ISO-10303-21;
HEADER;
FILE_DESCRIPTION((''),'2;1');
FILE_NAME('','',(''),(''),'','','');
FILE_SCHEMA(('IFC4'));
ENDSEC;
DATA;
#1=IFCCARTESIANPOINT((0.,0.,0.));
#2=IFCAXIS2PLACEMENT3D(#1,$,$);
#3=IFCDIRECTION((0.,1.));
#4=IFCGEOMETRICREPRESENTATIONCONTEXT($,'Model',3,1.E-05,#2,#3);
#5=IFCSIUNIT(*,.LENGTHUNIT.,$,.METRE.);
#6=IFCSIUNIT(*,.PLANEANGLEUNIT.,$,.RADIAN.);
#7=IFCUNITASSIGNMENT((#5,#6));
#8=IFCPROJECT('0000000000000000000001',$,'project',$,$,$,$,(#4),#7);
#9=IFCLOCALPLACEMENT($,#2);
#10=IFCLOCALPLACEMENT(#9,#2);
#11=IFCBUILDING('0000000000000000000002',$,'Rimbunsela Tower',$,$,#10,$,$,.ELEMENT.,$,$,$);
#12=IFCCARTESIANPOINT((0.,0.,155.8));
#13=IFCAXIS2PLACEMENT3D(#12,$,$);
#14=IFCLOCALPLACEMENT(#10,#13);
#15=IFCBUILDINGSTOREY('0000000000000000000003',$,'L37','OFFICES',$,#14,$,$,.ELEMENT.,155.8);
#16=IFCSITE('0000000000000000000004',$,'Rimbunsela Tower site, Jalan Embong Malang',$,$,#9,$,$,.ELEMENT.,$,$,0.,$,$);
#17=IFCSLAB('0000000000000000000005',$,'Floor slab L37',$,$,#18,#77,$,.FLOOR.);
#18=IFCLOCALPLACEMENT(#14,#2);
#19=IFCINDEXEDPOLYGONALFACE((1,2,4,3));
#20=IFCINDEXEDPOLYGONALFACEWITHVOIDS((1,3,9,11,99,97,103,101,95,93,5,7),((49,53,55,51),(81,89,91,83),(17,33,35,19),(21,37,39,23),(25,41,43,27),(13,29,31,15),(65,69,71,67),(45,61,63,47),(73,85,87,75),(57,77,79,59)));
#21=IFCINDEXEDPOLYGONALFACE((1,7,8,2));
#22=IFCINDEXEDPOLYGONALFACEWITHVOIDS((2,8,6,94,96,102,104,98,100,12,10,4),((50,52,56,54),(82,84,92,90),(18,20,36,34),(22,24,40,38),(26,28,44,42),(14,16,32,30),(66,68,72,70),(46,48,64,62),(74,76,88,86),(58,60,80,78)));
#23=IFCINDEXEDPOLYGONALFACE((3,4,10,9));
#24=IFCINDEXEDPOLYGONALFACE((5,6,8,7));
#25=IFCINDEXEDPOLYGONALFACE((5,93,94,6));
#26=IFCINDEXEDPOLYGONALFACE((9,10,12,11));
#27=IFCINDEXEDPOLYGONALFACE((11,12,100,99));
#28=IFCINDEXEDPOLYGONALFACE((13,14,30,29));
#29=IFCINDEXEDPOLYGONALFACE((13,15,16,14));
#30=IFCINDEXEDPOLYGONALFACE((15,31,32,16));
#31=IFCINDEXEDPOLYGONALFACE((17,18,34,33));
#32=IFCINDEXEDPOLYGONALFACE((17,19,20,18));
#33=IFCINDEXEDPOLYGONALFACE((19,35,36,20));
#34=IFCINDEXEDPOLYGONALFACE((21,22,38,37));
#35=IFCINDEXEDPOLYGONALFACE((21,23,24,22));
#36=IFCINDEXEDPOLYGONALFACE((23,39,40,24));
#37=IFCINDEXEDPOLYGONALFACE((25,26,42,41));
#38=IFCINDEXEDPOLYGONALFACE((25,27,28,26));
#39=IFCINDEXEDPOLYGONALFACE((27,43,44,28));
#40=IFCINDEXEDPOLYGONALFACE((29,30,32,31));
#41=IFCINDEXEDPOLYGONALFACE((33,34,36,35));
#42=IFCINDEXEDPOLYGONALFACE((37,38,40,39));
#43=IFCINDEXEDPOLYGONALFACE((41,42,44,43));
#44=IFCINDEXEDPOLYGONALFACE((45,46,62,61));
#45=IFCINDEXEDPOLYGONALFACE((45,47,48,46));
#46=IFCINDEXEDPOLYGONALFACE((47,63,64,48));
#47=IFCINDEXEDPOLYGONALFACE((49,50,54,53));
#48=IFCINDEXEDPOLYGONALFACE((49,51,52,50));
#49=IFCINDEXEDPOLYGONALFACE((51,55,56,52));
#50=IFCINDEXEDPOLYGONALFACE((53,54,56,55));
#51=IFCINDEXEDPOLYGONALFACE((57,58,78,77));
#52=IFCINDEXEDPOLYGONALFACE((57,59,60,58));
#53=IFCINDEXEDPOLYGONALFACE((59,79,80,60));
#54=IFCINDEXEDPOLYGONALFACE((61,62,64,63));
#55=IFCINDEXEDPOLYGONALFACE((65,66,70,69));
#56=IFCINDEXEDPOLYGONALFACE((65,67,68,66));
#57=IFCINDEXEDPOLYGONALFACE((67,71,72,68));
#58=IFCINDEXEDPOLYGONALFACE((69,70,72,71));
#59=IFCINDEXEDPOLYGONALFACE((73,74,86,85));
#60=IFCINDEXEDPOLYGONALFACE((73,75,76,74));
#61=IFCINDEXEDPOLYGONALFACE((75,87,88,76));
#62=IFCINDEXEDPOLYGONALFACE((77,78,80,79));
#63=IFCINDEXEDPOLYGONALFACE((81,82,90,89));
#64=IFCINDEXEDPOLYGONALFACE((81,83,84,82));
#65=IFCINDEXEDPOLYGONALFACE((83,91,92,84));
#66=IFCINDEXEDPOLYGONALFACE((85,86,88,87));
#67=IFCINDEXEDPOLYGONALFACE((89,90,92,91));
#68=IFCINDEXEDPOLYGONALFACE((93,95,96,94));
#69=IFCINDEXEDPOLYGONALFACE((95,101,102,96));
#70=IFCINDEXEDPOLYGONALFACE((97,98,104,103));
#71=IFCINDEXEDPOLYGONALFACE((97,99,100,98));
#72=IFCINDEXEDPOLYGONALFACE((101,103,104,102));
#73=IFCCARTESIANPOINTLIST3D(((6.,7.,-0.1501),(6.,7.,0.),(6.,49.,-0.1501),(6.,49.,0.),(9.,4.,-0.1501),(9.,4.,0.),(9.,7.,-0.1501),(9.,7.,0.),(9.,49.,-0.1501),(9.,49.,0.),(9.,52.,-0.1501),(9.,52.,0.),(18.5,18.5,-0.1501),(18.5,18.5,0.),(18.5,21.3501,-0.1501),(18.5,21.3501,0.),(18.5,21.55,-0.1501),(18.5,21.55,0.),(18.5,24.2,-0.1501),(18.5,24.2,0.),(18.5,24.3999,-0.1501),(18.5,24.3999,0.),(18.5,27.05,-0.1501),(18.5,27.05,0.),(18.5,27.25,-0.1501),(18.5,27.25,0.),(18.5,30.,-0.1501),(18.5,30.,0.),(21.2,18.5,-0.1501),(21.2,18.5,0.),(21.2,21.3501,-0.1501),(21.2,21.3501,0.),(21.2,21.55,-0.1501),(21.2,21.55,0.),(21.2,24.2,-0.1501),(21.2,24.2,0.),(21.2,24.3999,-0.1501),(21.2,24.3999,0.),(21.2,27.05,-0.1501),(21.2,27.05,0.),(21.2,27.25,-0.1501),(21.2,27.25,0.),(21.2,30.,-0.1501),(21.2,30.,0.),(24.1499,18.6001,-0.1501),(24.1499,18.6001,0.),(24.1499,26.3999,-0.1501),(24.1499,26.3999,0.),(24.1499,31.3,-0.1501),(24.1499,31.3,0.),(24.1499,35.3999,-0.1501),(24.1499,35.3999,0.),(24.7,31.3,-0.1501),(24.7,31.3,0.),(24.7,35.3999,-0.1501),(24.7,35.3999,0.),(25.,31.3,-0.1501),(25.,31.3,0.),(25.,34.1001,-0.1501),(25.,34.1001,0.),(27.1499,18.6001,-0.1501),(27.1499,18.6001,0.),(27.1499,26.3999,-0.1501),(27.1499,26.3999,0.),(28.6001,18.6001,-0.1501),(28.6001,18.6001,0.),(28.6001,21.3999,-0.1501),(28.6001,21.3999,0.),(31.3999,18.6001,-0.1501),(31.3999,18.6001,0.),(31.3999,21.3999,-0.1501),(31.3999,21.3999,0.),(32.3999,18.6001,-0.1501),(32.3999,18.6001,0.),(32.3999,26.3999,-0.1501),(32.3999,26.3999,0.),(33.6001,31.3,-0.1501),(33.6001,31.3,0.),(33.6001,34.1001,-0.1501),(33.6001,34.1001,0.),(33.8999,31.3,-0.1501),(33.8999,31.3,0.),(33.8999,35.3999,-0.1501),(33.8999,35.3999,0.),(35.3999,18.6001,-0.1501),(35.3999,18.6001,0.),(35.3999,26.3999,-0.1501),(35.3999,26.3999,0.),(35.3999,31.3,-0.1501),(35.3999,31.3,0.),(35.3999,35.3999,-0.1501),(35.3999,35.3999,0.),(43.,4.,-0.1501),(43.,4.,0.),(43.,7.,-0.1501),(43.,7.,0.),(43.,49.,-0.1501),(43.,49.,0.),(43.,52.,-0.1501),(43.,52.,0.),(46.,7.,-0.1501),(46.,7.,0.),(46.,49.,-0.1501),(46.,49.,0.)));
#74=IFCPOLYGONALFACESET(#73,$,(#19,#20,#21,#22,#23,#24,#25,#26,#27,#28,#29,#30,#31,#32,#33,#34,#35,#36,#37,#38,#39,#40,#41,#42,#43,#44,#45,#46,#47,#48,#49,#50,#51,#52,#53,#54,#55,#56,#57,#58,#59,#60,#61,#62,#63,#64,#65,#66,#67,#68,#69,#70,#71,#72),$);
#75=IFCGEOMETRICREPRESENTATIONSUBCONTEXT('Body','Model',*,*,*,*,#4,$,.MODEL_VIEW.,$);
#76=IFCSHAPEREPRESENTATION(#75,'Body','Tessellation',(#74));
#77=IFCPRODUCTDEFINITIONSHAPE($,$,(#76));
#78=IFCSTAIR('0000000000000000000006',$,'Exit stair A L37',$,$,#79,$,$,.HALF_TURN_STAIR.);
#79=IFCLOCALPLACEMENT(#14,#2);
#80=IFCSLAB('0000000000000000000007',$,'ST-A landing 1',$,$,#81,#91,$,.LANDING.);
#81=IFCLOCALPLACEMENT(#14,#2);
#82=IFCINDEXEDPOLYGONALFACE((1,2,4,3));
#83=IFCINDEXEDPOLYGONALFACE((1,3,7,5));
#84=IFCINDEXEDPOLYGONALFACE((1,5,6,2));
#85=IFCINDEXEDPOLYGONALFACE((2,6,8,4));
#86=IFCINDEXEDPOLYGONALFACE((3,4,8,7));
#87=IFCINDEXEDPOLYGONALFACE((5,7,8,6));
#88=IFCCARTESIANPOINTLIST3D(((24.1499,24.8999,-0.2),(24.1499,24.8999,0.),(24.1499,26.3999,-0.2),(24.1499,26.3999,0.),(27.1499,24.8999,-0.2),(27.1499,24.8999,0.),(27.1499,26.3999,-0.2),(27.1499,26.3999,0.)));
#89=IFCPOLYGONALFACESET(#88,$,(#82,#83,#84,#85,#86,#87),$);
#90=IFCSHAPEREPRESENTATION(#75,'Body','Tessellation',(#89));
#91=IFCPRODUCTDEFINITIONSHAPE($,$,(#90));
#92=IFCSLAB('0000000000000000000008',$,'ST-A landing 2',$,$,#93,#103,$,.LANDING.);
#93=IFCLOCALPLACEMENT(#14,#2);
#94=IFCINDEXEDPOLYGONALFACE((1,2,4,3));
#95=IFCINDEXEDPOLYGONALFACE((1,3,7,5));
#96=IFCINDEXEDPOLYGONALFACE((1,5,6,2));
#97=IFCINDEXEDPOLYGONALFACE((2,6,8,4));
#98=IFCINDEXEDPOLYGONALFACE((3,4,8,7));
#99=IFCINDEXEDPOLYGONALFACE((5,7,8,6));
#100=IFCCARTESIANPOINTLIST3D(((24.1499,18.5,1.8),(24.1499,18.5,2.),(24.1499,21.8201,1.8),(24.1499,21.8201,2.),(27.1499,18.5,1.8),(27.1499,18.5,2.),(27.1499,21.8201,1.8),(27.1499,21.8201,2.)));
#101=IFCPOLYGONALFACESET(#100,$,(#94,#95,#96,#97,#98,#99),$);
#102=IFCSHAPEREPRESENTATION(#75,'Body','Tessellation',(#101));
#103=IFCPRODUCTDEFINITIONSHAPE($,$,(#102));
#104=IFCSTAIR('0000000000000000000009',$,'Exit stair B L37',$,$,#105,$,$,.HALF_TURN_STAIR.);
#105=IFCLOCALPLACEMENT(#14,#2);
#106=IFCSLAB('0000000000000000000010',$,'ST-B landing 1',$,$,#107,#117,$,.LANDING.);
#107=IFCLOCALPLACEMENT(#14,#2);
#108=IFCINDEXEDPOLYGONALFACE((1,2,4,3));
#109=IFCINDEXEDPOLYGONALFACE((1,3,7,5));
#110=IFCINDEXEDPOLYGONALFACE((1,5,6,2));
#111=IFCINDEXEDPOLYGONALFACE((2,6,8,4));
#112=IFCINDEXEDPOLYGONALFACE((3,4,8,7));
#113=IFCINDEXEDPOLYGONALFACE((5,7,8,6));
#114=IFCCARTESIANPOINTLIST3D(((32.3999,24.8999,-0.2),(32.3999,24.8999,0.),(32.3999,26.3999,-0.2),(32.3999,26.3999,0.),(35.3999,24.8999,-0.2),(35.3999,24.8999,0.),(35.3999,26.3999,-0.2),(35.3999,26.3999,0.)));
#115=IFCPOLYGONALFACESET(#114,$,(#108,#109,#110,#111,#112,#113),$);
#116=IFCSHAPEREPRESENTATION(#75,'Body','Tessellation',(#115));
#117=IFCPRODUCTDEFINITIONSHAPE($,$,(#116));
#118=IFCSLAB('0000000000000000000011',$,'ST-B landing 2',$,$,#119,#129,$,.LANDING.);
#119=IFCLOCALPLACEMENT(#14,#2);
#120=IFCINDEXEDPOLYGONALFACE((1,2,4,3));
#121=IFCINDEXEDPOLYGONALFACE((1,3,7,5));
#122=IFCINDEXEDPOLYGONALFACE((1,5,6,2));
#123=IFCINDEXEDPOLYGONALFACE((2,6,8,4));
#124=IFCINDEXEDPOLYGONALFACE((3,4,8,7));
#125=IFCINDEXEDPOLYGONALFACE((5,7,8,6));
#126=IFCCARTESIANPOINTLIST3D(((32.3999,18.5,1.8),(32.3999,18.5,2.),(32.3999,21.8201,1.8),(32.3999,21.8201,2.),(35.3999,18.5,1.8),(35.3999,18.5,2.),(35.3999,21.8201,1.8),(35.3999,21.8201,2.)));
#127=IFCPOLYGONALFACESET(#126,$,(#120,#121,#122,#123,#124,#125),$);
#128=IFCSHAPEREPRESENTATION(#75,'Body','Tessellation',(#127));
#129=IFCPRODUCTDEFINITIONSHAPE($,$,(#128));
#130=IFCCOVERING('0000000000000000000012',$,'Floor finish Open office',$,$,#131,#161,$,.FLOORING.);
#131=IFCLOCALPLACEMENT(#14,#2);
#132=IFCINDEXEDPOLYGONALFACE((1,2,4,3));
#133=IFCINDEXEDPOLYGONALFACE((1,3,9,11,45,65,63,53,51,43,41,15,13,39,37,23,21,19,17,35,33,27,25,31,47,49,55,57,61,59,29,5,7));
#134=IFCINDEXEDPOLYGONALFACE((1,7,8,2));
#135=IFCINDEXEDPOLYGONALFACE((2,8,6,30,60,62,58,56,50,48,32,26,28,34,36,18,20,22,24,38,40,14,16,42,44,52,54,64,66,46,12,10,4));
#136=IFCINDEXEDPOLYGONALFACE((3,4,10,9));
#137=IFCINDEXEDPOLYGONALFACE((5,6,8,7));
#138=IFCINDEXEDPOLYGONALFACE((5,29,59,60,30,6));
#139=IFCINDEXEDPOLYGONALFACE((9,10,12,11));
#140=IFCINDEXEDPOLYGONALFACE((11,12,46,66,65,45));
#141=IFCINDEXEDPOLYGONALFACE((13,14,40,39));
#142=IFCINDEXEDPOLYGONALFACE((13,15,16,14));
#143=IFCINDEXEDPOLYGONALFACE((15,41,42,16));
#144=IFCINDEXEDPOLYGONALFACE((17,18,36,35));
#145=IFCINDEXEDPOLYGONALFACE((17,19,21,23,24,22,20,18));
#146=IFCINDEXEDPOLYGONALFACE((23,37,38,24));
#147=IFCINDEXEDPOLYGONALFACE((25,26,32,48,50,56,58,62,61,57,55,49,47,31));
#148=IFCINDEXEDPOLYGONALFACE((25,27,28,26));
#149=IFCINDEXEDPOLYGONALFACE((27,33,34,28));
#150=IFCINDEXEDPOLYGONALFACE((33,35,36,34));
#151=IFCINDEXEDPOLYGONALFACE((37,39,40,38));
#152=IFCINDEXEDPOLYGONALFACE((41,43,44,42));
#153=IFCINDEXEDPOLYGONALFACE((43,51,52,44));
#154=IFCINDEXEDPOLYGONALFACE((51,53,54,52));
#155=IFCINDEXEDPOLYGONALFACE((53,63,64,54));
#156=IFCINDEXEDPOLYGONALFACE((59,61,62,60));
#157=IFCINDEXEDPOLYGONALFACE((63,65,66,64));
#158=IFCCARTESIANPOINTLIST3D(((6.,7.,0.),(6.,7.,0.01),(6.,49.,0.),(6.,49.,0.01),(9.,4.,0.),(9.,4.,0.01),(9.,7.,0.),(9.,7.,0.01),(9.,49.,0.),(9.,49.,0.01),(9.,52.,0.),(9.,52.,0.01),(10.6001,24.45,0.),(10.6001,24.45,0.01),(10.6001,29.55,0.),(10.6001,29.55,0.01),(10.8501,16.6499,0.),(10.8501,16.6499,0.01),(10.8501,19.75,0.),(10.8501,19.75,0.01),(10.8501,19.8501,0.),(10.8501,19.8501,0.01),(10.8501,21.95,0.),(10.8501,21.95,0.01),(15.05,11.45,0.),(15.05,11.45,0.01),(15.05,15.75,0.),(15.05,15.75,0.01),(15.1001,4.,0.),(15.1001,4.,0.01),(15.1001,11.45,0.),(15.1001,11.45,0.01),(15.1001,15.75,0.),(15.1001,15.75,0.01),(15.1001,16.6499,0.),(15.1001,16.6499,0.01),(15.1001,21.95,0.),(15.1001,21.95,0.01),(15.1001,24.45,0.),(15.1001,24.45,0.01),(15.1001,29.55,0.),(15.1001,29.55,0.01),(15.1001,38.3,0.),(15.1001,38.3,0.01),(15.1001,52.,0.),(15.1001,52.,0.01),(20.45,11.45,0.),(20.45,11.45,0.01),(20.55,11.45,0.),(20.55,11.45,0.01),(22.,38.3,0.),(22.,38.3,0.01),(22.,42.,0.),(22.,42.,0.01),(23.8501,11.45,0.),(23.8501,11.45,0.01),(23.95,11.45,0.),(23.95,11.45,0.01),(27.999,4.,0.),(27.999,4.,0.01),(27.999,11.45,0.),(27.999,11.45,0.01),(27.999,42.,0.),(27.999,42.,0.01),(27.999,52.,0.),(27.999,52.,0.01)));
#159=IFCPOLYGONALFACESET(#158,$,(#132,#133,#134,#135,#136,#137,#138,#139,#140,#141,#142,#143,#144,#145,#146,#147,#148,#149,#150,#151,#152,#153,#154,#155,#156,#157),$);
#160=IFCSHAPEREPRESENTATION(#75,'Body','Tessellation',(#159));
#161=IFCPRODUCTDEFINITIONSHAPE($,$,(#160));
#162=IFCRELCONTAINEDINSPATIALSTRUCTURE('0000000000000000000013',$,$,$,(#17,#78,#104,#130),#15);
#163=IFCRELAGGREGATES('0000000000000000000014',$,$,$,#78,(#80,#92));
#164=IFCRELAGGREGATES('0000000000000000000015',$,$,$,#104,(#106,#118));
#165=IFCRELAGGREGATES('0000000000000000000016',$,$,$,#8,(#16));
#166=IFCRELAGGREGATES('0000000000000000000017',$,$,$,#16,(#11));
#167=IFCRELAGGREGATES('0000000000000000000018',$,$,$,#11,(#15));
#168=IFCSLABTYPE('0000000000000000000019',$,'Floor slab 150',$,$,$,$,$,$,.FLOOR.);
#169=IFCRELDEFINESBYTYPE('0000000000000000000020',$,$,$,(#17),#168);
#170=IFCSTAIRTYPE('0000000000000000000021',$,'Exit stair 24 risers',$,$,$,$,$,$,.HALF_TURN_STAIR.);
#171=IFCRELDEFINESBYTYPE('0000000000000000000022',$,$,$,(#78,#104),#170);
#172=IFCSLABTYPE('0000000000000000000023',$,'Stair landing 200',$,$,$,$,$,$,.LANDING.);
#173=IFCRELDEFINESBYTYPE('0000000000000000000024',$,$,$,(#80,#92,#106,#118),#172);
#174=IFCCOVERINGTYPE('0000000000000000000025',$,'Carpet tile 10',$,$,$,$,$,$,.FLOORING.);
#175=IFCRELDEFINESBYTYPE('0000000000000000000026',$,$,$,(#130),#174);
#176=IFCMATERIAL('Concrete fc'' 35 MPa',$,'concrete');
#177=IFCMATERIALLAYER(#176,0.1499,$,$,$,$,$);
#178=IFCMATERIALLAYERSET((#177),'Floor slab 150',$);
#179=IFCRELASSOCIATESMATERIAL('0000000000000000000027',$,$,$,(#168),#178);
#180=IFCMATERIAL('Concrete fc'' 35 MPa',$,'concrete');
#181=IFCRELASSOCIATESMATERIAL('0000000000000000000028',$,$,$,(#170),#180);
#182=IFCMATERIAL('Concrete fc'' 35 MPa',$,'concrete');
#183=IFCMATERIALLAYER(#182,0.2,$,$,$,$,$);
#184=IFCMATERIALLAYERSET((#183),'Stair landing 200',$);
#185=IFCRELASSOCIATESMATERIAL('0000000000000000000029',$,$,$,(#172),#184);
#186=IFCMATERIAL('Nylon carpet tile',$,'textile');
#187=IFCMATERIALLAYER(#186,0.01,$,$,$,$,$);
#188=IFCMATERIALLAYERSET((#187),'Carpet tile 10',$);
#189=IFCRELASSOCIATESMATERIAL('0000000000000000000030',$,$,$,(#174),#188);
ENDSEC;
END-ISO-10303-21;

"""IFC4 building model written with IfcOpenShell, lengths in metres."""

from ifc_helpers import new_model, si_unit, direction, frame, origin, place, context, subcontext, project, spatial, polyline, outline, extrude, material, layer, layer_set, type_object, element, aggregate, save


model = new_model("IFC4")

# Units and contexts
model_context = context("Model", 3, precision=1e-05, world=origin(), true_north=direction((0.0, 1.0)))
body_context = subcontext(model_context, "Body", "Model", "MODEL_VIEW")
ifc_project = project(units=[si_unit("LENGTHUNIT", "METRE"), si_unit("PLANEANGLEUNIT", "RADIAN")], contexts=[model_context])

# Site, building, storey
site_placement = place(None, origin())
site = spatial("IfcSite", under=ifc_project, at=site_placement, Name="Rimbunsela Tower site, Jalan Embong Malang", CompositionType="ELEMENT", RefElevation=0.0)
building_placement = place(site_placement, origin())
building = spatial("IfcBuilding", under=site, at=building_placement, Name="Rimbunsela Tower", CompositionType="ELEMENT")
storey_placement = place(building_placement, frame((0.0, 0.0, 155.8)))
storey = spatial("IfcBuildingStorey", under=building, at=storey_placement, Name="L37", Description="OFFICES", CompositionType="ELEMENT", Elevation=155.8)

# Slab
ifc_material_1 = material(Name="Concrete fc' 35 MPa", Category="concrete")
ifc_layer_1 = layer(ifc_material_1, 0.1499)
ifc_layer_set_1 = layer_set([ifc_layer_1], Name="Floor slab 150")
slab_type_1 = type_object("IfcSlabType", Name="Floor slab 150", PredefinedType="FLOOR", material=ifc_layer_set_1)
slab_1_placement = place(storey_placement, frame((0.0, 0.0, -0.1501)))
element("IfcSlab", 1, at=slab_1_placement, inside=storey, type_object=slab_type_1, Name="Floor slab L37", PredefinedType="FLOOR", context=body_context, shape_type="SweptSolid", body=[
    extrude(outline(polyline([(9.0, 4.0), (43.0, 4.0), (43.0, 7.0), (46.0, 7.0), (46.0, 49.0), (43.0, 49.0), (43.0, 52.0), (9.0, 52.0), (9.0, 49.0), (6.0, 49.0), (6.0, 7.0), (9.0, 7.0), (9.0, 4.0)]), holes=[polyline([(21.2, 21.3501), (18.5, 21.3501), (18.5, 18.5), (21.2, 18.5), (21.2, 21.3501)]), polyline([(21.2, 21.55), (21.2, 24.2), (18.5, 24.2), (18.5, 21.55), (21.2, 21.55)]), polyline([(21.2, 27.05), (18.5, 27.05), (18.5, 24.3999), (21.2, 24.3999), (21.2, 27.05)]), polyline([(21.2, 27.25), (21.2, 30.0), (18.5, 30.0), (18.5, 27.25), (21.2, 27.25)]), polyline([(27.1499, 18.6001), (27.1499, 26.3999), (24.1499, 26.3999), (24.1499, 18.6001), (27.1499, 18.6001)]), polyline([(24.7, 31.3), (24.7, 35.3999), (24.1499, 35.3999), (24.1499, 31.3), (24.7, 31.3)]), polyline([(25.0, 34.1001), (25.0, 31.3), (33.6001, 31.3), (33.6001, 34.1001), (25.0, 34.1001)]), polyline([(31.3999, 21.3999), (28.6001, 21.3999), (28.6001, 18.6001), (31.3999, 18.6001), (31.3999, 21.3999)]), polyline([(35.3999, 18.6001), (35.3999, 26.3999), (32.3999, 26.3999), (32.3999, 18.6001), (35.3999, 18.6001)]), polyline([(35.3999, 31.3), (35.3999, 35.3999), (33.8999, 35.3999), (33.8999, 31.3), (35.3999, 31.3)])]), origin(), (0.0, 0.0, 1.0), 0.1501),
])

# Stairs, slabs
ifc_material_2 = material(Name="Concrete fc' 35 MPa", Category="concrete")
stair_type = type_object("IfcStairType", Name="Exit stair 24 risers", PredefinedType="HALF_TURN_STAIR", material=ifc_material_2)
stair_1_placement = place(storey_placement, origin())
stair_1 = element("IfcStair", 2, at=stair_1_placement, inside=storey, type_object=stair_type, Name="Exit stair A L37", PredefinedType="HALF_TURN_STAIR")
ifc_material_3 = material(Name="Concrete fc' 35 MPa", Category="concrete")
ifc_layer_2 = layer(ifc_material_3, 0.2)
ifc_layer_set_2 = layer_set([ifc_layer_2], Name="Stair landing 200")
slab_type_2 = type_object("IfcSlabType", Name="Stair landing 200", PredefinedType="LANDING", material=ifc_layer_set_2)
slab_2_placement = place(storey_placement, frame((0.0, 0.0, -0.2)))
slab_2 = element("IfcSlab", 3, at=slab_2_placement, type_object=slab_type_2, Name="ST-A landing 1", PredefinedType="LANDING", context=body_context, shape_type="SweptSolid", body=[
    extrude(outline(polyline([(24.1499, 24.8999), (27.1499, 24.8999), (27.1499, 26.3999), (24.1499, 26.3999), (24.1499, 24.8999)])), origin(), (0.0, 0.0, 1.0), 0.2),
])
slab_3_placement = place(storey_placement, frame((0.0, 0.0, 1.8)))
slab_3 = element("IfcSlab", 4, at=slab_3_placement, type_object=slab_type_2, Name="ST-A landing 2", PredefinedType="LANDING", context=body_context, shape_type="SweptSolid", body=[
    extrude(outline(polyline([(24.1499, 18.5), (27.1499, 18.5), (27.1499, 21.8201), (24.1499, 21.8201), (24.1499, 18.5)])), origin(), (0.0, 0.0, 1.0), 0.2),
])
aggregate(stair_1, [slab_2, slab_3])
stair_2_placement = place(storey_placement, origin())
stair_2 = element("IfcStair", 5, at=stair_2_placement, inside=storey, type_object=stair_type, Name="Exit stair B L37", PredefinedType="HALF_TURN_STAIR")
slab_4_placement = place(storey_placement, frame((0.0, 0.0, -0.2)))
slab_4 = element("IfcSlab", 6, at=slab_4_placement, type_object=slab_type_2, Name="ST-B landing 1", PredefinedType="LANDING", context=body_context, shape_type="SweptSolid", body=[
    extrude(outline(polyline([(32.3999, 24.8999), (35.3999, 24.8999), (35.3999, 26.3999), (32.3999, 26.3999), (32.3999, 24.8999)])), origin(), (0.0, 0.0, 1.0), 0.2),
])
slab_5_placement = place(storey_placement, frame((0.0, 0.0, 1.8)))
slab_5 = element("IfcSlab", 7, at=slab_5_placement, type_object=slab_type_2, Name="ST-B landing 2", PredefinedType="LANDING", context=body_context, shape_type="SweptSolid", body=[
    extrude(outline(polyline([(32.3999, 18.5), (35.3999, 18.5), (35.3999, 21.8201), (32.3999, 21.8201), (32.3999, 18.5)])), origin(), (0.0, 0.0, 1.0), 0.2),
])
aggregate(stair_2, [slab_4, slab_5])

# Covering
ifc_material_4 = material(Name="Nylon carpet tile", Category="textile")
ifc_layer_3 = layer(ifc_material_4, 0.01)
ifc_layer_set_3 = layer_set([ifc_layer_3], Name="Carpet tile 10")
covering_type_1 = type_object("IfcCoveringType", Name="Carpet tile 10", PredefinedType="FLOORING", material=ifc_layer_set_3)
covering_1_placement = place(storey_placement, origin())
element("IfcCovering", 8, at=covering_1_placement, inside=storey, type_object=covering_type_1, Name="Floor finish Open office", PredefinedType="FLOORING", context=body_context, shape_type="SweptSolid", body=[
    extrude(outline(polyline([(20.55, 11.45), (23.8501, 11.45), (23.95, 11.45), (27.999, 11.45), (27.999, 4.0), (15.1001, 4.0), (9.0, 4.0), (9.0, 7.0), (6.0, 7.0), (6.0, 49.0), (9.0, 49.0), (9.0, 52.0), (15.1001, 52.0), (27.999, 52.0), (27.999, 42.0), (22.0, 42.0), (22.0, 38.3), (15.1001, 38.3), (15.1001, 29.55), (10.6001, 29.55), (10.6001, 24.45), (15.1001, 24.45), (15.1001, 21.95), (10.8501, 21.95), (10.8501, 19.8501), (10.8501, 19.75), (10.8501, 16.6499), (15.1001, 16.6499), (15.1001, 15.75), (15.05, 15.75), (15.05, 11.45), (15.1001, 11.45), (20.45, 11.45), (20.55, 11.45)])), origin(), (0.0, 0.0, 1.0), 0.01),
])

save(model, "model.ifc")
